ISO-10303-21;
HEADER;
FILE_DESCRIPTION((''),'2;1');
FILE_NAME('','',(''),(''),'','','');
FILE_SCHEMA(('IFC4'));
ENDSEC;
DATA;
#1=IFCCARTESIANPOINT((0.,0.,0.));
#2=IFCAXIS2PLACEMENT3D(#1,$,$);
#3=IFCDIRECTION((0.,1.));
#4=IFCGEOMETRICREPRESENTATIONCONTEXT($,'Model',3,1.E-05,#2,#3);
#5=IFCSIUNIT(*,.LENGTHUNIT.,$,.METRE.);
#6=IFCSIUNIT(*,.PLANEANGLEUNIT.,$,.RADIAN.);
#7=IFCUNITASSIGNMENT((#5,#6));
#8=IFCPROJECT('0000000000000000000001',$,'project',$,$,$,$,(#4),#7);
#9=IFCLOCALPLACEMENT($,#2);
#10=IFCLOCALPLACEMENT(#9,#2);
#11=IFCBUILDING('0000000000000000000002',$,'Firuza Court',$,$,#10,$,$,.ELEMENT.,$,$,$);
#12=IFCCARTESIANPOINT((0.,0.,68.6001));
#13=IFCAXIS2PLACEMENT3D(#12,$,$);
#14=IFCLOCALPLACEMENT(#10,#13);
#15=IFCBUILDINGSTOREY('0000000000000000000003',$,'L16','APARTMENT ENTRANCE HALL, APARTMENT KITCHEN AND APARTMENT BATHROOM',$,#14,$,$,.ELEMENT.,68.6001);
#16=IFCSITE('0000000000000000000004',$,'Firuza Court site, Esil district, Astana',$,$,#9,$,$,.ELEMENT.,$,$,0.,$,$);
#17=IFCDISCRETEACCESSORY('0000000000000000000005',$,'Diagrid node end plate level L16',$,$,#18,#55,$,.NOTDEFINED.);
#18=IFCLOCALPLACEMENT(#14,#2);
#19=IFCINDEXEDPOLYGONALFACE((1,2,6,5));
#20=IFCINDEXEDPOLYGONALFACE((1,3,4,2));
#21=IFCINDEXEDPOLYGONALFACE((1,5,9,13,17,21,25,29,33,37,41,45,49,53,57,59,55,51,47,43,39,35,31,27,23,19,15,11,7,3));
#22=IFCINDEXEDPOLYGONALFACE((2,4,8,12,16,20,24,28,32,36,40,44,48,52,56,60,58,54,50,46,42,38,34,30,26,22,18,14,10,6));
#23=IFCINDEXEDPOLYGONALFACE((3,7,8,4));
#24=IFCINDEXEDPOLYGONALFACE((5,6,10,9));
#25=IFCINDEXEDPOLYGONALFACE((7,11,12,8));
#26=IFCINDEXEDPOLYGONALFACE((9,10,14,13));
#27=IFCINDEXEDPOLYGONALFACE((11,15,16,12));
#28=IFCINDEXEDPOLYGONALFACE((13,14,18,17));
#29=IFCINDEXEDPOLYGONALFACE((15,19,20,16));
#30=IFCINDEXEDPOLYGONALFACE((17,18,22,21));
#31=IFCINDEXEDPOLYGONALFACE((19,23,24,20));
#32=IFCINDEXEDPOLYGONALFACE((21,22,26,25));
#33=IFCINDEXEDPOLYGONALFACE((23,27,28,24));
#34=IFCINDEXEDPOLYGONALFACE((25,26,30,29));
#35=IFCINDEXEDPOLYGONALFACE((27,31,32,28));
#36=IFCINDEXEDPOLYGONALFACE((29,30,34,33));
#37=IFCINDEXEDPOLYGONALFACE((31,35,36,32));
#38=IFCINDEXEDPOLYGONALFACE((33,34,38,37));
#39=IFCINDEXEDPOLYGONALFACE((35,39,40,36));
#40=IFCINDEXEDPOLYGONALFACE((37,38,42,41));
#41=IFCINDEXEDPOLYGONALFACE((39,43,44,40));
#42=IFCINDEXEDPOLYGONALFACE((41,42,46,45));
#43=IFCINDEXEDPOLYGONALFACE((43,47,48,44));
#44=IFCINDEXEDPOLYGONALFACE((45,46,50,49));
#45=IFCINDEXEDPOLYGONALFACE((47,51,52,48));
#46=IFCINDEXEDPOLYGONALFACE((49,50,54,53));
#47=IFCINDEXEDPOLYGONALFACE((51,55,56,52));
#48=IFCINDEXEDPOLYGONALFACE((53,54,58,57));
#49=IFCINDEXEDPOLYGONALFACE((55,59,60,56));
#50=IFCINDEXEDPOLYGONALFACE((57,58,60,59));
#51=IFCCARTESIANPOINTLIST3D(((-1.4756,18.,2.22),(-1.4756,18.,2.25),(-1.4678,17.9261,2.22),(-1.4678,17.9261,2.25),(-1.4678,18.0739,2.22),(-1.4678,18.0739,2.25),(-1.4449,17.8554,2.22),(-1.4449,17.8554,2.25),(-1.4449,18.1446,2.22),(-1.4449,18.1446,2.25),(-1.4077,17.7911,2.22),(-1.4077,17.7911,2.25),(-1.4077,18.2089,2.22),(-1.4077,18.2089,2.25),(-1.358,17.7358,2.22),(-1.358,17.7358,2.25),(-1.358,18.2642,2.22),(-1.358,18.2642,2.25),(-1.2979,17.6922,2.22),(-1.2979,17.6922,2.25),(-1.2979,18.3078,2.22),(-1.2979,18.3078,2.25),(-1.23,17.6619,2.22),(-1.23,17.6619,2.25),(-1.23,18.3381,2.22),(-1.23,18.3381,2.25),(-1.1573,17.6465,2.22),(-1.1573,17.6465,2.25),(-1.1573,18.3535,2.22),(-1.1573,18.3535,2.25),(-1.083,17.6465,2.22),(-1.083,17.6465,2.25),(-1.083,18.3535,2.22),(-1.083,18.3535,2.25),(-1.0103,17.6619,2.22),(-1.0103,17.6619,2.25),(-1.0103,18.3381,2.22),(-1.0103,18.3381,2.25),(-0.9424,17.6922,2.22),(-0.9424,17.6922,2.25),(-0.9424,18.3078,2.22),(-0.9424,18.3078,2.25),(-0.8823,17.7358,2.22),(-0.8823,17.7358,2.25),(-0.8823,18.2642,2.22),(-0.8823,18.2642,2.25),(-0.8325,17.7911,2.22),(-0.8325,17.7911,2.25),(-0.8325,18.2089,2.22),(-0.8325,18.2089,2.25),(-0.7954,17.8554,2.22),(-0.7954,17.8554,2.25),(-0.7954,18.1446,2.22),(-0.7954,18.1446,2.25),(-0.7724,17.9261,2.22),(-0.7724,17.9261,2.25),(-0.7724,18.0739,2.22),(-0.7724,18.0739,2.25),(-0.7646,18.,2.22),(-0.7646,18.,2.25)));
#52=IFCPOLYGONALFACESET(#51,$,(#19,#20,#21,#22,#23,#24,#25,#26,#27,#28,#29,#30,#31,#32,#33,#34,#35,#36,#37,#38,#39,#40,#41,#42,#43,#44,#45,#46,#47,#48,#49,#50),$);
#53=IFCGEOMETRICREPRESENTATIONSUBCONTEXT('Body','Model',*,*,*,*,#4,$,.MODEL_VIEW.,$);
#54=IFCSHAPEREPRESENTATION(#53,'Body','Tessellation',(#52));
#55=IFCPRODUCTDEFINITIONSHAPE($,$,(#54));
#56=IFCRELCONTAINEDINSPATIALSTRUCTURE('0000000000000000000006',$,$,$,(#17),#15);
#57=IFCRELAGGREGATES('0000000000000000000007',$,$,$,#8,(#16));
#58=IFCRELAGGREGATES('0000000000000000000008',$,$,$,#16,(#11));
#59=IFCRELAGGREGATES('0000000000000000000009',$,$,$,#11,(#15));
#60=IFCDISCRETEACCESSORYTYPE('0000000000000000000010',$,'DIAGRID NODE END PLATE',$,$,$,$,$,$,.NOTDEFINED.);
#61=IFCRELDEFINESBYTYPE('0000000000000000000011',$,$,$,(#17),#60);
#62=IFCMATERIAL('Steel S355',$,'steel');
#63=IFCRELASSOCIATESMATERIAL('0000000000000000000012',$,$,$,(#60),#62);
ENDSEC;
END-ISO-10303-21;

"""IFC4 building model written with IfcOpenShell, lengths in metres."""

from ifc_helpers import new_model, si_unit, direction, frame, origin, origin_2d, place, context, subcontext, project, spatial, circle, extrude, material, material_profile, profile_set, type_object, element, save


model = new_model("IFC4")

# Units and contexts
model_context = context("Model", 3, precision=1e-05, world=origin(), true_north=direction((0.0, 1.0)))
body_context = subcontext(model_context, "Body", "Model", "MODEL_VIEW")
ifc_project = project(units=[si_unit("LENGTHUNIT", "METRE"), si_unit("PLANEANGLEUNIT", "RADIAN")], contexts=[model_context])

# Site, building, storey
site_placement = place(None, origin())
site = spatial("IfcSite", under=ifc_project, at=site_placement, Name="Firuza Court site, Esil district, Astana", CompositionType="ELEMENT", RefElevation=0.0)
building_placement = place(site_placement, origin())
building = spatial("IfcBuilding", under=site, at=building_placement, Name="Firuza Court", CompositionType="ELEMENT")
storey_placement = place(building_placement, frame((0.0, 0.0, 68.6001)))
storey = spatial("IfcBuildingStorey", under=building, at=storey_placement, Name="L16", Description="APARTMENT ENTRANCE HALL, APARTMENT KITCHEN AND APARTMENT BATHROOM", CompositionType="ELEMENT", Elevation=68.6001)

# Discrete accessory
ifc_material_1 = material(Name="Steel S355", Category="steel")
ifc_material_profile_1 = material_profile(ifc_material_1, circle(Radius=0.3555, at=origin_2d()), Name="PL D711")
ifc_profile_set_1 = profile_set([ifc_material_profile_1], Name="Steel S355")
discrete_accessory_type = type_object("IfcDiscreteAccessoryType", Name="DIAGRID NODE END PLATE", PredefinedType="NOTDEFINED", material=ifc_profile_set_1)
for number, where, z_axis, x_axis, name in (
    (1, (-1.1201, 18.0, 2.22), (0.0, 0.0, 1.0), (1.0, 0.0, 0.0), "Diagrid node end plate level L16"),
):
    element("IfcDiscreteAccessory", number, at=place(storey_placement, frame(where, z_axis=z_axis, x_axis=x_axis)), inside=storey, type_object=discrete_accessory_type, Name=name, PredefinedType="NOTDEFINED", context=body_context, shape_type="SweptSolid", body=[
        extrude(circle(Radius=0.3555, at=origin_2d()), origin(), (0.0, 0.0, 1.0), 0.03),
    ])

save(model, "model.ifc")
